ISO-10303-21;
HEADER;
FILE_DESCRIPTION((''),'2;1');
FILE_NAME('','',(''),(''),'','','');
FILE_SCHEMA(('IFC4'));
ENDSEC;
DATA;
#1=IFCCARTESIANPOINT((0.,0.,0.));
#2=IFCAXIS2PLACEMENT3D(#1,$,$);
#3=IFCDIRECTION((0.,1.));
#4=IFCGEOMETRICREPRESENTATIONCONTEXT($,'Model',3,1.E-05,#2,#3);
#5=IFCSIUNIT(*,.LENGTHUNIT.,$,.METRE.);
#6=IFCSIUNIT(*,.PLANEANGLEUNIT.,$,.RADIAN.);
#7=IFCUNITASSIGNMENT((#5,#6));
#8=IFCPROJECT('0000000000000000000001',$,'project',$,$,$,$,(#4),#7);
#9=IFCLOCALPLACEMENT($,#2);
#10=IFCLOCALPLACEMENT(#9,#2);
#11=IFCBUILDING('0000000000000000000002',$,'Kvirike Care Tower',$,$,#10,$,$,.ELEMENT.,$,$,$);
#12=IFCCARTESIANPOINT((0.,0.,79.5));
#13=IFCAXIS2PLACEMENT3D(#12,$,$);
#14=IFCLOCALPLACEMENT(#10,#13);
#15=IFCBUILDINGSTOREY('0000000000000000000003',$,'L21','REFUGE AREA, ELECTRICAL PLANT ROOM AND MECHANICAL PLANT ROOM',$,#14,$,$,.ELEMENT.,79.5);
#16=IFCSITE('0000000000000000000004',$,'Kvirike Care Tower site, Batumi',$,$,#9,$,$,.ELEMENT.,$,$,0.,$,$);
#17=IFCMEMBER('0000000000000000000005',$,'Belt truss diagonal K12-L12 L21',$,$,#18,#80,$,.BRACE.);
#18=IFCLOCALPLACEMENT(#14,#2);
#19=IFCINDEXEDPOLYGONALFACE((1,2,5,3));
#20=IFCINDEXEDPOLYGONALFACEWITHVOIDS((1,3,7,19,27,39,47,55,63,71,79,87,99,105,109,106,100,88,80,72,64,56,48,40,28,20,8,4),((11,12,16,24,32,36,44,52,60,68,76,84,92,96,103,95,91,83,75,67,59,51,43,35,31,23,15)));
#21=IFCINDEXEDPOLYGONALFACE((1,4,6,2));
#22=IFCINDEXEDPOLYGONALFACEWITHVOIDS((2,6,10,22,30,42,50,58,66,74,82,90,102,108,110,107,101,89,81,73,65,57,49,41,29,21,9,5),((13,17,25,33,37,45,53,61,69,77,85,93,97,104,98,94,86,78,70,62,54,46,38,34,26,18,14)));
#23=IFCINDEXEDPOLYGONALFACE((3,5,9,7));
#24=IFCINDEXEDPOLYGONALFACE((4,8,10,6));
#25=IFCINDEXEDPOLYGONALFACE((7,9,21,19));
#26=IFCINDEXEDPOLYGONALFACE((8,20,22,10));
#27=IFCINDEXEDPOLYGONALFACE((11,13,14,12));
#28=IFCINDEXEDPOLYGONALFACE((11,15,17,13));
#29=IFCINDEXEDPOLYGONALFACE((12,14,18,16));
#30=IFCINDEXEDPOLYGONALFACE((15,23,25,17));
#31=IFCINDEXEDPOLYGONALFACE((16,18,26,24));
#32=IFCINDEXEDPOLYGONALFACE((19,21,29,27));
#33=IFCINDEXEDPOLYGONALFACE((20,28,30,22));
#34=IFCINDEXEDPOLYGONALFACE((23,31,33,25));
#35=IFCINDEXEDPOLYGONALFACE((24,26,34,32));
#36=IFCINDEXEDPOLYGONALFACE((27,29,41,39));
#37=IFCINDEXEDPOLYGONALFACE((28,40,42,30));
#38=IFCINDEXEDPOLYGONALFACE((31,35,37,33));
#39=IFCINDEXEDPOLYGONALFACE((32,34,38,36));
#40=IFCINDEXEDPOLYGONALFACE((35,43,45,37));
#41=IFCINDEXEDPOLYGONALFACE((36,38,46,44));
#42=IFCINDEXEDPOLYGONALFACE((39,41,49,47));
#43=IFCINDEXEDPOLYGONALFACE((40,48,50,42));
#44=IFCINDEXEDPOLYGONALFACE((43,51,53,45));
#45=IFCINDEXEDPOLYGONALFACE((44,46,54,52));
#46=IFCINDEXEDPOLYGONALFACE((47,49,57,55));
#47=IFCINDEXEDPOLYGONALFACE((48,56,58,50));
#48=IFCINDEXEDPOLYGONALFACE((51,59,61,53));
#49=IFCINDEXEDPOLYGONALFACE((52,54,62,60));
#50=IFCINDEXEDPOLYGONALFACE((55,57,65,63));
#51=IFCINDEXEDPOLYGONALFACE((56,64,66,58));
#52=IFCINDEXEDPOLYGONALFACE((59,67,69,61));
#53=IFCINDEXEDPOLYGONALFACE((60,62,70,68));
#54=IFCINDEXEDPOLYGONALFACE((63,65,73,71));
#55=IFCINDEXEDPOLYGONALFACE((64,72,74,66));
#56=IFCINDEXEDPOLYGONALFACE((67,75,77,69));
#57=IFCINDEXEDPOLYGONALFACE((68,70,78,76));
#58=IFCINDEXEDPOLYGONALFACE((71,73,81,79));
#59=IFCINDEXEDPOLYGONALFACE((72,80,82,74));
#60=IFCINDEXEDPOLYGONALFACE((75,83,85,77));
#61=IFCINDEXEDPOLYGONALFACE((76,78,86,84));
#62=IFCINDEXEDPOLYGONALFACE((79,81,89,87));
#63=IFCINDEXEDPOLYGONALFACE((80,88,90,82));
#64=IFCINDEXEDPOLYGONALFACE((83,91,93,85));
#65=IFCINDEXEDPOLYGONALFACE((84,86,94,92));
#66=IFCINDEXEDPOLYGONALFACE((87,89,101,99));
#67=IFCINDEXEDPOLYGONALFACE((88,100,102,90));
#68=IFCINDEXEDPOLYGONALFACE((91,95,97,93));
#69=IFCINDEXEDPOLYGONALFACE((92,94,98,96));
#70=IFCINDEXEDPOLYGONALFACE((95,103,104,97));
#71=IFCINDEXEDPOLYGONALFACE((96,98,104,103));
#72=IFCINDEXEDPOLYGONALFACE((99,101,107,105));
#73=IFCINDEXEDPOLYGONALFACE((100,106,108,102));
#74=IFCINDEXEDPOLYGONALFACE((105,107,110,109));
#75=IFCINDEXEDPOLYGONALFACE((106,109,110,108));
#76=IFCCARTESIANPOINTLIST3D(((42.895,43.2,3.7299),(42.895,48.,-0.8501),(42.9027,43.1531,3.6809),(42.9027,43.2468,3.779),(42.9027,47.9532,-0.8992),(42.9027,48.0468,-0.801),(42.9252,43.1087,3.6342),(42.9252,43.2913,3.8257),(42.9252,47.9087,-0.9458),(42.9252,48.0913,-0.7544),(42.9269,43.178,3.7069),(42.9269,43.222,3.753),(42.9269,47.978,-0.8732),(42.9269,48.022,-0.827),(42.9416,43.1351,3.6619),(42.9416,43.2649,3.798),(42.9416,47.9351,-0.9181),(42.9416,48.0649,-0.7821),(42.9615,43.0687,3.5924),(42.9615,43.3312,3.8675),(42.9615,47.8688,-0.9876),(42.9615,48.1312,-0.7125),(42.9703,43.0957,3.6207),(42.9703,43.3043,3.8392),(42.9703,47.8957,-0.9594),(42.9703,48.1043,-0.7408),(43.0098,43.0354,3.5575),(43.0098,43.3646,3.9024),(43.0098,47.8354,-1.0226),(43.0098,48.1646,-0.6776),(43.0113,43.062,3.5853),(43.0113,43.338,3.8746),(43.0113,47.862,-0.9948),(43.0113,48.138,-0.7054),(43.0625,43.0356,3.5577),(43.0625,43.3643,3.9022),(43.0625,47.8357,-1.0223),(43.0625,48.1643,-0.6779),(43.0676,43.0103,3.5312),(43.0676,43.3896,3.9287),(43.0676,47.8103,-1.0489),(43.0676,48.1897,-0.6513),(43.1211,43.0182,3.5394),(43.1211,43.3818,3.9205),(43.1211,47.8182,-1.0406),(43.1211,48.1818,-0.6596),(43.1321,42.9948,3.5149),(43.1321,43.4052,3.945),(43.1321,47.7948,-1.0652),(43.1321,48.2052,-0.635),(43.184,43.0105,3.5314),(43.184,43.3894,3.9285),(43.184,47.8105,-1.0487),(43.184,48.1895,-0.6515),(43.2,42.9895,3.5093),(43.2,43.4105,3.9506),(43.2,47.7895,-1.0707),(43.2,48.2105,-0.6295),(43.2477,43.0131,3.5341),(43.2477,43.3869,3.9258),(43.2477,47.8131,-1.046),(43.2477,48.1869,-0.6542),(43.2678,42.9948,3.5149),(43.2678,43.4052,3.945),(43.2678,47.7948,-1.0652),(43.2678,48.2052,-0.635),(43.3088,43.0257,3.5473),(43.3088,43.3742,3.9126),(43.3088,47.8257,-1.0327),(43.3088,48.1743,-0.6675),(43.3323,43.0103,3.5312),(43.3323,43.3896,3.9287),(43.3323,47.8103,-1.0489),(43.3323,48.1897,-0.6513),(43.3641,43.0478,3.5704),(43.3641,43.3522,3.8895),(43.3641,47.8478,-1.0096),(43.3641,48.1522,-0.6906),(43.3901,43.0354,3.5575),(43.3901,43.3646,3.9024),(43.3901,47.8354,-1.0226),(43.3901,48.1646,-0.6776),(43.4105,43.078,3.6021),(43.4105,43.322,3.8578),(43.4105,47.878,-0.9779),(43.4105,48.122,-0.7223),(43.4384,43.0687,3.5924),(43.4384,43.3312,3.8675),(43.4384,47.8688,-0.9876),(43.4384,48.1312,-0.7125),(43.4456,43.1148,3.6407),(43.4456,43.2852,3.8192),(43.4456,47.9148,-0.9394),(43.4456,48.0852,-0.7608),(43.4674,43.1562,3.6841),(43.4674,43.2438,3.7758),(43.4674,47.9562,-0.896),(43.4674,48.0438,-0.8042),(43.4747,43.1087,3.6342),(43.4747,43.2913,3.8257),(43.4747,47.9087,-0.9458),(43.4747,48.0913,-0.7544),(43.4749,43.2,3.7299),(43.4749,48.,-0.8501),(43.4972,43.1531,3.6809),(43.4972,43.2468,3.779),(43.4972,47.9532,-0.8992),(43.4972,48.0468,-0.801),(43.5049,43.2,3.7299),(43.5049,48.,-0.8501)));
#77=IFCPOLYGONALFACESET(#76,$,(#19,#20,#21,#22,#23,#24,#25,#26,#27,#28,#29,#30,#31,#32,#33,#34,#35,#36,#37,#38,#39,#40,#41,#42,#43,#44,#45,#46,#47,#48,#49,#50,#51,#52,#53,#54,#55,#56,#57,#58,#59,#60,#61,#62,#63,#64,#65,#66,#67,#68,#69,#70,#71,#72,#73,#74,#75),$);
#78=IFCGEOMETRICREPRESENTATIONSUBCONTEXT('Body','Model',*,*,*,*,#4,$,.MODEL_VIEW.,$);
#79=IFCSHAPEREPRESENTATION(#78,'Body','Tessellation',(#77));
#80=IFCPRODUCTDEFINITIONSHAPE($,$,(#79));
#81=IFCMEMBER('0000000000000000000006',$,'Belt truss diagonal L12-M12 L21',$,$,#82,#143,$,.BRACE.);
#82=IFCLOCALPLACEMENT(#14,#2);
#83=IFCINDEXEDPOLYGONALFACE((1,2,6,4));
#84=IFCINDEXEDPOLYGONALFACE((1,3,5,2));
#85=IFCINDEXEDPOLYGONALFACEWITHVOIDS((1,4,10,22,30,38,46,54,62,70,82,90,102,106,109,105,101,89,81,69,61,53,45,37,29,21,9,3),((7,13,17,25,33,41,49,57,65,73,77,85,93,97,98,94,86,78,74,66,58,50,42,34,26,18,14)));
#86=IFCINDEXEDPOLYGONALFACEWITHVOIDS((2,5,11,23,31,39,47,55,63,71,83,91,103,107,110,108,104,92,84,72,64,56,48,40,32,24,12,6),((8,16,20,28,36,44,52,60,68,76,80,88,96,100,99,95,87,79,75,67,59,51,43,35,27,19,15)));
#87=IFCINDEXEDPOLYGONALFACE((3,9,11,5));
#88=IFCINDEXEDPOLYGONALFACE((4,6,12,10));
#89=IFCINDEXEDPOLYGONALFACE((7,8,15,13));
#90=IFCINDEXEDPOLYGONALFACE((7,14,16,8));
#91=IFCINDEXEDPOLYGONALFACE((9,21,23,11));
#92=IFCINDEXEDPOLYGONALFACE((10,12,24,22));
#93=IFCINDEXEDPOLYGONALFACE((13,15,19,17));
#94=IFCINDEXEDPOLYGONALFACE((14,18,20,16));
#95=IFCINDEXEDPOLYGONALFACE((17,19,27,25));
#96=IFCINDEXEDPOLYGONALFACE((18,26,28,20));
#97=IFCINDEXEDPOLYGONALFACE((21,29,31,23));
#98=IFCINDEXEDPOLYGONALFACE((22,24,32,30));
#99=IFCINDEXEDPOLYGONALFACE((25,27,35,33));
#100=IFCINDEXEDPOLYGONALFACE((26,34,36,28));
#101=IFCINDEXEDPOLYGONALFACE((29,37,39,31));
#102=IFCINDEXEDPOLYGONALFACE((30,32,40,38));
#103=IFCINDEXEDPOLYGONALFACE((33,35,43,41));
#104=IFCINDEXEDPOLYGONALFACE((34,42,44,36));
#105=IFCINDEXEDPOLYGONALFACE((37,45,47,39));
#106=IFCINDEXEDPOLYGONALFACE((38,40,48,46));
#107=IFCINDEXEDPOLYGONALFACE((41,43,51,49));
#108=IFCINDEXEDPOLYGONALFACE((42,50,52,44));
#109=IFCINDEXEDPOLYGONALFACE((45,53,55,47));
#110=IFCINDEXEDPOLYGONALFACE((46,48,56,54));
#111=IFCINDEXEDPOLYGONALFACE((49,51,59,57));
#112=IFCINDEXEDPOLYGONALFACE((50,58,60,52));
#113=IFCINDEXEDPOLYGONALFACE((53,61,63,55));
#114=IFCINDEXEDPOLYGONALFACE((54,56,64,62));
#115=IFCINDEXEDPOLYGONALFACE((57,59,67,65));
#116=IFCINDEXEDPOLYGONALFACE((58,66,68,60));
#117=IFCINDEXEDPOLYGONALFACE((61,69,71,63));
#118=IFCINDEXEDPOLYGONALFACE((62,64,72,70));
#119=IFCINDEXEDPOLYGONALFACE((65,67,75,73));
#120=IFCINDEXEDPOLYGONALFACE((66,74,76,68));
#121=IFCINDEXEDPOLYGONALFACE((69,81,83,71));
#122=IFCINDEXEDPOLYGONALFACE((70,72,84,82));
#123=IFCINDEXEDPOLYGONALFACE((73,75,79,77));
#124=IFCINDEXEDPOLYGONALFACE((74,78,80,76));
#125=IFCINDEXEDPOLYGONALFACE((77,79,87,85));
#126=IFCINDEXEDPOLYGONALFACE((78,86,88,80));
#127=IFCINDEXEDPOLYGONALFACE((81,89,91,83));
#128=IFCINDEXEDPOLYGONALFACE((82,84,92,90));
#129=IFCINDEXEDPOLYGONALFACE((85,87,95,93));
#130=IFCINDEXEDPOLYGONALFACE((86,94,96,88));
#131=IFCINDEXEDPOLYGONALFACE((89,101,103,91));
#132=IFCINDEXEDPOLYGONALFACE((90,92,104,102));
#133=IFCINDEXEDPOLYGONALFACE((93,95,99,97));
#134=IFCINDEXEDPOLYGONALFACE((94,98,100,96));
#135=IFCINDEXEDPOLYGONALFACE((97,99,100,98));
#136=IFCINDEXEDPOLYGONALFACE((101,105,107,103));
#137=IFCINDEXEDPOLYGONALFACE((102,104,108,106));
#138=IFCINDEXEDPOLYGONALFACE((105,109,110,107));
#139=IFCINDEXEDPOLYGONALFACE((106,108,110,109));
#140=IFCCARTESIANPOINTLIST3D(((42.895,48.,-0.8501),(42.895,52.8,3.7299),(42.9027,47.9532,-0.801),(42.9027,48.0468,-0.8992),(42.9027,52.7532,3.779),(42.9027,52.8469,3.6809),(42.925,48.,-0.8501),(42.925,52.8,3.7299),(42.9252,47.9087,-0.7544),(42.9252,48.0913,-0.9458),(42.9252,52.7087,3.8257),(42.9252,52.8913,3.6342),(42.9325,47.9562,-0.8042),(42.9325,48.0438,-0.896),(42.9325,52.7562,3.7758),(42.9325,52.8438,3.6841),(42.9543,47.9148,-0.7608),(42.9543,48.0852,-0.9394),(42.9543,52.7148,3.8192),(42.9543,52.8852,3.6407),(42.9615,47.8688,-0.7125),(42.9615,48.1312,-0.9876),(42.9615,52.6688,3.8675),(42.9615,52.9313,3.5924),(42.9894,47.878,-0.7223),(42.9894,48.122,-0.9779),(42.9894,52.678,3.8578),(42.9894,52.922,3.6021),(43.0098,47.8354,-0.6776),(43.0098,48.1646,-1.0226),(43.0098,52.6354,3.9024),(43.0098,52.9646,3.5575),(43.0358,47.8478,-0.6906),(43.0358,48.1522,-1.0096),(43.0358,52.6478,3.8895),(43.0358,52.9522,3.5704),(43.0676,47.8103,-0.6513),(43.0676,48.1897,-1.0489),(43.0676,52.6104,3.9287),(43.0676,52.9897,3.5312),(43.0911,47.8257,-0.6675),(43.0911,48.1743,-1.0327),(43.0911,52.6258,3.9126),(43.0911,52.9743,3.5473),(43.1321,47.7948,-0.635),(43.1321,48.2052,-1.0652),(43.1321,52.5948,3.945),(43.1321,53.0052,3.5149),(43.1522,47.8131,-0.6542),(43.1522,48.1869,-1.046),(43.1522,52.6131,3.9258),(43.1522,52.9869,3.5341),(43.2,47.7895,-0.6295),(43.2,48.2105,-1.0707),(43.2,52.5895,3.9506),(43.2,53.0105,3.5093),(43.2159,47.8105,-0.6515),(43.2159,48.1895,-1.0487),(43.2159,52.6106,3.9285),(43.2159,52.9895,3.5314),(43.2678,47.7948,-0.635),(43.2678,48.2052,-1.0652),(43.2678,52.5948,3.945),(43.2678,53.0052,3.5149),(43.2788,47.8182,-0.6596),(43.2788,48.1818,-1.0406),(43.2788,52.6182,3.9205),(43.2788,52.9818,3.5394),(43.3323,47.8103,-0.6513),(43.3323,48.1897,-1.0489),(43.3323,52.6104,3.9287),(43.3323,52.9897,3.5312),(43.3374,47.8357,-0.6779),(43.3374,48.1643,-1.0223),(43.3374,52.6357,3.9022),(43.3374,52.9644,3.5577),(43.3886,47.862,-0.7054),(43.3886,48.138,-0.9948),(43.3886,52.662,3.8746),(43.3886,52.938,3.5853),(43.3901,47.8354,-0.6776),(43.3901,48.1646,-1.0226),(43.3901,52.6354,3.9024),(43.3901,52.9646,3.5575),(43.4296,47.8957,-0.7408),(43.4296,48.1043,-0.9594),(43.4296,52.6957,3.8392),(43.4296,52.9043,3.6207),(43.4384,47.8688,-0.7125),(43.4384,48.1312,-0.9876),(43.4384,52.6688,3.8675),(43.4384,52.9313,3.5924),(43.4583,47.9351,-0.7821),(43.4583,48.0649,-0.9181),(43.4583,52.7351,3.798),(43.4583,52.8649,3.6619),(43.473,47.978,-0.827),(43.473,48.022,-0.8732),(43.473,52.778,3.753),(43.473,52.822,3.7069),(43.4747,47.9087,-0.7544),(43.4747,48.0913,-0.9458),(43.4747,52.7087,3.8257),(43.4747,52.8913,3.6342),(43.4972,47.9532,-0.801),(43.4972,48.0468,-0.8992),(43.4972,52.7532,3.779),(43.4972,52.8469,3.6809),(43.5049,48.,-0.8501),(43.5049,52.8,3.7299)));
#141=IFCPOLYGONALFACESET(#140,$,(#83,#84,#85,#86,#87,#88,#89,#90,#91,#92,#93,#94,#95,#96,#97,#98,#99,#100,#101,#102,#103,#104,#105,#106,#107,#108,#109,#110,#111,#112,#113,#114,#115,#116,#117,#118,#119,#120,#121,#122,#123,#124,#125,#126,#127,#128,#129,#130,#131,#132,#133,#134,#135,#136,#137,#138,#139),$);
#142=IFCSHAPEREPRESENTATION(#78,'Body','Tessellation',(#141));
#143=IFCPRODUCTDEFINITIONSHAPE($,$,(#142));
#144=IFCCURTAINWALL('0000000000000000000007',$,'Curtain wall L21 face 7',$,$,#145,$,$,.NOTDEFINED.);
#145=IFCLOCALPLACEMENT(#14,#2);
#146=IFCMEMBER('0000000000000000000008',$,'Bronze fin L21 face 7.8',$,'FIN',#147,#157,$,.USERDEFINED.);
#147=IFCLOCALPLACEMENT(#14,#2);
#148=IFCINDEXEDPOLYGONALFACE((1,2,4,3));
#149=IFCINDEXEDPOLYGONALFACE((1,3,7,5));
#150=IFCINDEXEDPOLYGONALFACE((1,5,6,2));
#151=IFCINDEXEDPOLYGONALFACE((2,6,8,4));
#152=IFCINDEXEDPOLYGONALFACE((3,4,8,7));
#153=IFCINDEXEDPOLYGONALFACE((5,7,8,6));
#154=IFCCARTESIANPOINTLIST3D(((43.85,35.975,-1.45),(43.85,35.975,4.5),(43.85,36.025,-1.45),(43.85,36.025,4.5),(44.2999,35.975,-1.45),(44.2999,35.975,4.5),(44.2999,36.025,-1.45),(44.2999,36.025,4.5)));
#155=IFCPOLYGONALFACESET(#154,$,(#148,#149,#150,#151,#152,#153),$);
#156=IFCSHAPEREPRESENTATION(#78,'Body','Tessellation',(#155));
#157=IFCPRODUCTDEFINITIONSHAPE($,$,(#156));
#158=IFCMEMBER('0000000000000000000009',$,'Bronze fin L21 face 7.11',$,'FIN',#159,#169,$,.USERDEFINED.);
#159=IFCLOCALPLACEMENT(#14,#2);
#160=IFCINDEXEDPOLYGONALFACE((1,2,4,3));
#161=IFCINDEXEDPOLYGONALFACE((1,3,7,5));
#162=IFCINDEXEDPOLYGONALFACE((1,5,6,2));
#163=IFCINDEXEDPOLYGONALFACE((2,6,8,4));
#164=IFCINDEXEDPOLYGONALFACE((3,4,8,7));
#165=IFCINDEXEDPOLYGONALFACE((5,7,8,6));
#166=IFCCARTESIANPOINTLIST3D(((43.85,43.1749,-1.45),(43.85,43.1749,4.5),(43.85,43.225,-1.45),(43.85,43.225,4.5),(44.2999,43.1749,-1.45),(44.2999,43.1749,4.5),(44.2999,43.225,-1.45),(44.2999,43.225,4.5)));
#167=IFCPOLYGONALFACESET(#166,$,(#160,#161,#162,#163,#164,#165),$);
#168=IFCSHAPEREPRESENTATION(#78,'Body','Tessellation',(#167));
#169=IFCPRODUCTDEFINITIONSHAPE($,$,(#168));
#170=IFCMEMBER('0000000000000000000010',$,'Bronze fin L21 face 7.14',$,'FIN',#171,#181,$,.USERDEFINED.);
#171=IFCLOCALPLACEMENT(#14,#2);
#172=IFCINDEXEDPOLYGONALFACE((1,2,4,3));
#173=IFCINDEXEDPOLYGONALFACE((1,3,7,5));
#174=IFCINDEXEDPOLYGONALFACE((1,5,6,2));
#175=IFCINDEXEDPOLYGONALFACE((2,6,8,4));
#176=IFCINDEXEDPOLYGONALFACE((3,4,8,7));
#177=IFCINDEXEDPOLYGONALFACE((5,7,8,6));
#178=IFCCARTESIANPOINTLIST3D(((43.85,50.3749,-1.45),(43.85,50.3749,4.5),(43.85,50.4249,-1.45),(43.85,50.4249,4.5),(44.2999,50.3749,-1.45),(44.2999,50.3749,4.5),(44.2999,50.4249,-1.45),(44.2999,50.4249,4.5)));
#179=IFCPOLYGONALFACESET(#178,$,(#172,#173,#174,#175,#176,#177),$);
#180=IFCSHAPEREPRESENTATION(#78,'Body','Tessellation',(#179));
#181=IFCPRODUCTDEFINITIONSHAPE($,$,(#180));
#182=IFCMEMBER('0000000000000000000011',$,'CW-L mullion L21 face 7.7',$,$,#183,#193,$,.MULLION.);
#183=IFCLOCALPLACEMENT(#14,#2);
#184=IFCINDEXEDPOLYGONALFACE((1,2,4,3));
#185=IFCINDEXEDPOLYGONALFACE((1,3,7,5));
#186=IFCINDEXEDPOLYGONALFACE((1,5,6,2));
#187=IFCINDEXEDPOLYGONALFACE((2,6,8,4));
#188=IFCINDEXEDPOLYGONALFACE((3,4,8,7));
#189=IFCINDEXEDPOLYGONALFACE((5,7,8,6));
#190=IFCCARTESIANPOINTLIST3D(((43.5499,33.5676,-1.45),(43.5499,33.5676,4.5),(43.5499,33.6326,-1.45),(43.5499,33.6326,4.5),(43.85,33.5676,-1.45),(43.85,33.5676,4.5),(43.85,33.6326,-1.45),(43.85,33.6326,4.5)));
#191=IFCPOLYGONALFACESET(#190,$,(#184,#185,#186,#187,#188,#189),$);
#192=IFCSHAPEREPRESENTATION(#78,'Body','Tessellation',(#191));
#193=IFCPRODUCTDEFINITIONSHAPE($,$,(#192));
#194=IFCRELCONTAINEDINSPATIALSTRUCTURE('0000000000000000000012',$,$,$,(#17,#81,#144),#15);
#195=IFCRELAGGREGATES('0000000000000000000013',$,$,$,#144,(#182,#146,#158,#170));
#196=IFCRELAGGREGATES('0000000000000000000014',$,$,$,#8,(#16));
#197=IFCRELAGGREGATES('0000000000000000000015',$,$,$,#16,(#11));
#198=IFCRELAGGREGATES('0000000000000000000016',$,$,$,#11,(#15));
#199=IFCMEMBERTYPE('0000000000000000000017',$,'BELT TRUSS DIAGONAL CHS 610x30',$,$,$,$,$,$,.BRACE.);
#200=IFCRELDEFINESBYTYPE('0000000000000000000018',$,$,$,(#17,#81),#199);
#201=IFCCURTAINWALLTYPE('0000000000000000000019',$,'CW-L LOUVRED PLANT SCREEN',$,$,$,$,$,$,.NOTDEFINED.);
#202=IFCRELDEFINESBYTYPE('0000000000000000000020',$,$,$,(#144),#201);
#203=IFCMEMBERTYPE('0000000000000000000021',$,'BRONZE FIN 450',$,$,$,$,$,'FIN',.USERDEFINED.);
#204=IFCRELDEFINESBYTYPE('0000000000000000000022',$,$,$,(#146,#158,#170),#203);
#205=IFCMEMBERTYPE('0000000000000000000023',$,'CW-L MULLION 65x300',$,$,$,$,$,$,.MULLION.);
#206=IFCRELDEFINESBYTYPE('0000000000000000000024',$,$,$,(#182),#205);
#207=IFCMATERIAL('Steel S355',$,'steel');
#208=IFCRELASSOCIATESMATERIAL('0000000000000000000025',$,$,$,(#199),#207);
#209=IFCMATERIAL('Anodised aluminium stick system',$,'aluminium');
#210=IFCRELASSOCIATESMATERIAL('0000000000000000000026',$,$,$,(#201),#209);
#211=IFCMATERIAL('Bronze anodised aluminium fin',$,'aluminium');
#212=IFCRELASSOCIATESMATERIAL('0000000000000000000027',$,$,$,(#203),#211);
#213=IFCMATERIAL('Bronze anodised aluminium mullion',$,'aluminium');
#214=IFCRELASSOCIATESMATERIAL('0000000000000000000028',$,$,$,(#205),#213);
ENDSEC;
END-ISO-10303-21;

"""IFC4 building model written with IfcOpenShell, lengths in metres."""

from ifc_helpers import new_model, si_unit, direction, frame, origin, origin_2d, place, context, subcontext, project, spatial, rectangle, hollow_circle, extrude, material, material_profile, profile_set, type_object, element, aggregate, save


model = new_model("IFC4")

# Units and contexts
model_context = context("Model", 3, precision=1e-05, world=origin(), true_north=direction((0.0, 1.0)))
body_context = subcontext(model_context, "Body", "Model", "MODEL_VIEW")
ifc_project = project(units=[si_unit("LENGTHUNIT", "METRE"), si_unit("PLANEANGLEUNIT", "RADIAN")], contexts=[model_context])

# Site, building, storey
site_placement = place(None, origin())
site = spatial("IfcSite", under=ifc_project, at=site_placement, Name="Kvirike Care Tower site, Batumi", CompositionType="ELEMENT", RefElevation=0.0)
building_placement = place(site_placement, origin())
building = spatial("IfcBuilding", under=site, at=building_placement, Name="Kvirike Care Tower", CompositionType="ELEMENT")
storey_placement = place(building_placement, frame((0.0, 0.0, 79.5)))
storey = spatial("IfcBuildingStorey", under=building, at=storey_placement, Name="L21", Description="REFUGE AREA, ELECTRICAL PLANT ROOM AND MECHANICAL PLANT ROOM", CompositionType="ELEMENT", Elevation=79.5)

# Members
ifc_material_1 = material(Name="Steel S355", Category="steel")
ifc_material_profile_1 = material_profile(ifc_material_1, hollow_circle(Radius=0.3049, WallThickness=0.03, at=origin_2d()), Name="CHS 610x30")
ifc_profile_set_1 = profile_set([ifc_material_profile_1], Name="Steel S355")
member_type_1 = type_object("IfcMemberType", Name="BELT TRUSS DIAGONAL CHS 610x30", PredefinedType="BRACE", material=ifc_profile_set_1)
for number, where, z_axis, x_axis, name in (
    (1, (43.2, 48.0, -0.8501), (0.0, -0.72349, 0.690335), (1.0, 0.0, 0.0), "Belt truss diagonal K12-L12 L21"),
    (2, (43.2, 48.0, -0.8501), (0.0, 0.72349, 0.690335), (-1.0, 0.0, 0.0), "Belt truss diagonal L12-M12 L21"),
):
    element("IfcMember", number, at=place(storey_placement, frame(where, z_axis=z_axis, x_axis=x_axis)), inside=storey, type_object=member_type_1, Name=name, PredefinedType="BRACE", context=body_context, shape_type="SweptSolid", body=[
        extrude(hollow_circle(Radius=0.3049, WallThickness=0.03, at=origin_2d()), origin(), (0.0, 0.0, 1.0), 6.6345),
    ])

# Curtain wall, members
ifc_material_2 = material(Name="Anodised aluminium stick system", Category="aluminium")
curtain_wall_type = type_object("IfcCurtainWallType", Name="CW-L LOUVRED PLANT SCREEN", PredefinedType="NOTDEFINED", material=ifc_material_2)
curtain_wall_placement = place(storey_placement, origin())
curtain_wall = element("IfcCurtainWall", 3, at=curtain_wall_placement, inside=storey, type_object=curtain_wall_type, Name="Curtain wall L21 face 7", PredefinedType="NOTDEFINED")
ifc_material_3 = material(Name="Bronze anodised aluminium fin", Category="aluminium")
ifc_material_profile_2 = material_profile(ifc_material_3, rectangle(XDim=0.05, YDim=0.45, at=origin_2d()), Name="BRONZE FIN 450")
ifc_profile_set_2 = profile_set([ifc_material_profile_2], Name="Bronze anodised aluminium fin")
member_type_2 = type_object("IfcMemberType", Name="BRONZE FIN 450", ElementType="FIN", PredefinedType="USERDEFINED", material=ifc_profile_set_2)
member_1_placement = place(storey_placement, frame((44.075, 36.0, -1.45), z_axis=(0.0, 0.0, 1.0), x_axis=(0.0, 1.0, 0.0)))
member_1 = element("IfcMember", 4, at=member_1_placement, type_object=member_type_2, Name="Bronze fin L21 face 7.8", ObjectType="FIN", PredefinedType="USERDEFINED", context=body_context, shape_type="SweptSolid", body=[
    extrude(rectangle(XDim=0.05, YDim=0.45, at=origin_2d()), origin(), (0.0, 0.0, 1.0), 5.95),
])
member_2_placement = place(storey_placement, frame((44.075, 43.2, -1.45), z_axis=(0.0, 0.0, 1.0), x_axis=(0.0, 1.0, 0.0)))
member_2 = element("IfcMember", 5, at=member_2_placement, type_object=member_type_2, Name="Bronze fin L21 face 7.11", ObjectType="FIN", PredefinedType="USERDEFINED", context=body_context, shape_type="SweptSolid", body=[
    extrude(rectangle(XDim=0.05, YDim=0.45, at=origin_2d()), origin(), (0.0, 0.0, 1.0), 5.95),
])
member_3_placement = place(storey_placement, frame((44.075, 50.3999, -1.45), z_axis=(0.0, 0.0, 1.0), x_axis=(0.0, 1.0, 0.0)))
member_3 = element("IfcMember", 6, at=member_3_placement, type_object=member_type_2, Name="Bronze fin L21 face 7.14", ObjectType="FIN", PredefinedType="USERDEFINED", context=body_context, shape_type="SweptSolid", body=[
    extrude(rectangle(XDim=0.05, YDim=0.45, at=origin_2d()), origin(), (0.0, 0.0, 1.0), 5.95),
])
ifc_material_4 = material(Name="Bronze anodised aluminium mullion", Category="aluminium")
ifc_material_profile_3 = material_profile(ifc_material_4, rectangle(XDim=0.0649, YDim=0.3, at=origin_2d()), Name="CW-L MULLION 65x300")
ifc_profile_set_3 = profile_set([ifc_material_profile_3], Name="Bronze anodised aluminium mullion")
member_type_3 = type_object("IfcMemberType", Name="CW-L MULLION 65x300", PredefinedType="MULLION", material=ifc_profile_set_3)
member_4_placement = place(storey_placement, frame((43.7, 33.6001, -1.45), z_axis=(0.0, 0.0, 1.0), x_axis=(0.0, 1.0, 0.0)))
member_4 = element("IfcMember", 7, at=member_4_placement, type_object=member_type_3, Name="CW-L mullion L21 face 7.7", PredefinedType="MULLION", context=body_context, shape_type="SweptSolid", body=[
    extrude(rectangle(XDim=0.0649, YDim=0.3, at=origin_2d()), origin(), (0.0, 0.0, 1.0), 5.95),
])

aggregate(curtain_wall, [member_4, member_1, member_2, member_3])

save(model, "model.ifc")
